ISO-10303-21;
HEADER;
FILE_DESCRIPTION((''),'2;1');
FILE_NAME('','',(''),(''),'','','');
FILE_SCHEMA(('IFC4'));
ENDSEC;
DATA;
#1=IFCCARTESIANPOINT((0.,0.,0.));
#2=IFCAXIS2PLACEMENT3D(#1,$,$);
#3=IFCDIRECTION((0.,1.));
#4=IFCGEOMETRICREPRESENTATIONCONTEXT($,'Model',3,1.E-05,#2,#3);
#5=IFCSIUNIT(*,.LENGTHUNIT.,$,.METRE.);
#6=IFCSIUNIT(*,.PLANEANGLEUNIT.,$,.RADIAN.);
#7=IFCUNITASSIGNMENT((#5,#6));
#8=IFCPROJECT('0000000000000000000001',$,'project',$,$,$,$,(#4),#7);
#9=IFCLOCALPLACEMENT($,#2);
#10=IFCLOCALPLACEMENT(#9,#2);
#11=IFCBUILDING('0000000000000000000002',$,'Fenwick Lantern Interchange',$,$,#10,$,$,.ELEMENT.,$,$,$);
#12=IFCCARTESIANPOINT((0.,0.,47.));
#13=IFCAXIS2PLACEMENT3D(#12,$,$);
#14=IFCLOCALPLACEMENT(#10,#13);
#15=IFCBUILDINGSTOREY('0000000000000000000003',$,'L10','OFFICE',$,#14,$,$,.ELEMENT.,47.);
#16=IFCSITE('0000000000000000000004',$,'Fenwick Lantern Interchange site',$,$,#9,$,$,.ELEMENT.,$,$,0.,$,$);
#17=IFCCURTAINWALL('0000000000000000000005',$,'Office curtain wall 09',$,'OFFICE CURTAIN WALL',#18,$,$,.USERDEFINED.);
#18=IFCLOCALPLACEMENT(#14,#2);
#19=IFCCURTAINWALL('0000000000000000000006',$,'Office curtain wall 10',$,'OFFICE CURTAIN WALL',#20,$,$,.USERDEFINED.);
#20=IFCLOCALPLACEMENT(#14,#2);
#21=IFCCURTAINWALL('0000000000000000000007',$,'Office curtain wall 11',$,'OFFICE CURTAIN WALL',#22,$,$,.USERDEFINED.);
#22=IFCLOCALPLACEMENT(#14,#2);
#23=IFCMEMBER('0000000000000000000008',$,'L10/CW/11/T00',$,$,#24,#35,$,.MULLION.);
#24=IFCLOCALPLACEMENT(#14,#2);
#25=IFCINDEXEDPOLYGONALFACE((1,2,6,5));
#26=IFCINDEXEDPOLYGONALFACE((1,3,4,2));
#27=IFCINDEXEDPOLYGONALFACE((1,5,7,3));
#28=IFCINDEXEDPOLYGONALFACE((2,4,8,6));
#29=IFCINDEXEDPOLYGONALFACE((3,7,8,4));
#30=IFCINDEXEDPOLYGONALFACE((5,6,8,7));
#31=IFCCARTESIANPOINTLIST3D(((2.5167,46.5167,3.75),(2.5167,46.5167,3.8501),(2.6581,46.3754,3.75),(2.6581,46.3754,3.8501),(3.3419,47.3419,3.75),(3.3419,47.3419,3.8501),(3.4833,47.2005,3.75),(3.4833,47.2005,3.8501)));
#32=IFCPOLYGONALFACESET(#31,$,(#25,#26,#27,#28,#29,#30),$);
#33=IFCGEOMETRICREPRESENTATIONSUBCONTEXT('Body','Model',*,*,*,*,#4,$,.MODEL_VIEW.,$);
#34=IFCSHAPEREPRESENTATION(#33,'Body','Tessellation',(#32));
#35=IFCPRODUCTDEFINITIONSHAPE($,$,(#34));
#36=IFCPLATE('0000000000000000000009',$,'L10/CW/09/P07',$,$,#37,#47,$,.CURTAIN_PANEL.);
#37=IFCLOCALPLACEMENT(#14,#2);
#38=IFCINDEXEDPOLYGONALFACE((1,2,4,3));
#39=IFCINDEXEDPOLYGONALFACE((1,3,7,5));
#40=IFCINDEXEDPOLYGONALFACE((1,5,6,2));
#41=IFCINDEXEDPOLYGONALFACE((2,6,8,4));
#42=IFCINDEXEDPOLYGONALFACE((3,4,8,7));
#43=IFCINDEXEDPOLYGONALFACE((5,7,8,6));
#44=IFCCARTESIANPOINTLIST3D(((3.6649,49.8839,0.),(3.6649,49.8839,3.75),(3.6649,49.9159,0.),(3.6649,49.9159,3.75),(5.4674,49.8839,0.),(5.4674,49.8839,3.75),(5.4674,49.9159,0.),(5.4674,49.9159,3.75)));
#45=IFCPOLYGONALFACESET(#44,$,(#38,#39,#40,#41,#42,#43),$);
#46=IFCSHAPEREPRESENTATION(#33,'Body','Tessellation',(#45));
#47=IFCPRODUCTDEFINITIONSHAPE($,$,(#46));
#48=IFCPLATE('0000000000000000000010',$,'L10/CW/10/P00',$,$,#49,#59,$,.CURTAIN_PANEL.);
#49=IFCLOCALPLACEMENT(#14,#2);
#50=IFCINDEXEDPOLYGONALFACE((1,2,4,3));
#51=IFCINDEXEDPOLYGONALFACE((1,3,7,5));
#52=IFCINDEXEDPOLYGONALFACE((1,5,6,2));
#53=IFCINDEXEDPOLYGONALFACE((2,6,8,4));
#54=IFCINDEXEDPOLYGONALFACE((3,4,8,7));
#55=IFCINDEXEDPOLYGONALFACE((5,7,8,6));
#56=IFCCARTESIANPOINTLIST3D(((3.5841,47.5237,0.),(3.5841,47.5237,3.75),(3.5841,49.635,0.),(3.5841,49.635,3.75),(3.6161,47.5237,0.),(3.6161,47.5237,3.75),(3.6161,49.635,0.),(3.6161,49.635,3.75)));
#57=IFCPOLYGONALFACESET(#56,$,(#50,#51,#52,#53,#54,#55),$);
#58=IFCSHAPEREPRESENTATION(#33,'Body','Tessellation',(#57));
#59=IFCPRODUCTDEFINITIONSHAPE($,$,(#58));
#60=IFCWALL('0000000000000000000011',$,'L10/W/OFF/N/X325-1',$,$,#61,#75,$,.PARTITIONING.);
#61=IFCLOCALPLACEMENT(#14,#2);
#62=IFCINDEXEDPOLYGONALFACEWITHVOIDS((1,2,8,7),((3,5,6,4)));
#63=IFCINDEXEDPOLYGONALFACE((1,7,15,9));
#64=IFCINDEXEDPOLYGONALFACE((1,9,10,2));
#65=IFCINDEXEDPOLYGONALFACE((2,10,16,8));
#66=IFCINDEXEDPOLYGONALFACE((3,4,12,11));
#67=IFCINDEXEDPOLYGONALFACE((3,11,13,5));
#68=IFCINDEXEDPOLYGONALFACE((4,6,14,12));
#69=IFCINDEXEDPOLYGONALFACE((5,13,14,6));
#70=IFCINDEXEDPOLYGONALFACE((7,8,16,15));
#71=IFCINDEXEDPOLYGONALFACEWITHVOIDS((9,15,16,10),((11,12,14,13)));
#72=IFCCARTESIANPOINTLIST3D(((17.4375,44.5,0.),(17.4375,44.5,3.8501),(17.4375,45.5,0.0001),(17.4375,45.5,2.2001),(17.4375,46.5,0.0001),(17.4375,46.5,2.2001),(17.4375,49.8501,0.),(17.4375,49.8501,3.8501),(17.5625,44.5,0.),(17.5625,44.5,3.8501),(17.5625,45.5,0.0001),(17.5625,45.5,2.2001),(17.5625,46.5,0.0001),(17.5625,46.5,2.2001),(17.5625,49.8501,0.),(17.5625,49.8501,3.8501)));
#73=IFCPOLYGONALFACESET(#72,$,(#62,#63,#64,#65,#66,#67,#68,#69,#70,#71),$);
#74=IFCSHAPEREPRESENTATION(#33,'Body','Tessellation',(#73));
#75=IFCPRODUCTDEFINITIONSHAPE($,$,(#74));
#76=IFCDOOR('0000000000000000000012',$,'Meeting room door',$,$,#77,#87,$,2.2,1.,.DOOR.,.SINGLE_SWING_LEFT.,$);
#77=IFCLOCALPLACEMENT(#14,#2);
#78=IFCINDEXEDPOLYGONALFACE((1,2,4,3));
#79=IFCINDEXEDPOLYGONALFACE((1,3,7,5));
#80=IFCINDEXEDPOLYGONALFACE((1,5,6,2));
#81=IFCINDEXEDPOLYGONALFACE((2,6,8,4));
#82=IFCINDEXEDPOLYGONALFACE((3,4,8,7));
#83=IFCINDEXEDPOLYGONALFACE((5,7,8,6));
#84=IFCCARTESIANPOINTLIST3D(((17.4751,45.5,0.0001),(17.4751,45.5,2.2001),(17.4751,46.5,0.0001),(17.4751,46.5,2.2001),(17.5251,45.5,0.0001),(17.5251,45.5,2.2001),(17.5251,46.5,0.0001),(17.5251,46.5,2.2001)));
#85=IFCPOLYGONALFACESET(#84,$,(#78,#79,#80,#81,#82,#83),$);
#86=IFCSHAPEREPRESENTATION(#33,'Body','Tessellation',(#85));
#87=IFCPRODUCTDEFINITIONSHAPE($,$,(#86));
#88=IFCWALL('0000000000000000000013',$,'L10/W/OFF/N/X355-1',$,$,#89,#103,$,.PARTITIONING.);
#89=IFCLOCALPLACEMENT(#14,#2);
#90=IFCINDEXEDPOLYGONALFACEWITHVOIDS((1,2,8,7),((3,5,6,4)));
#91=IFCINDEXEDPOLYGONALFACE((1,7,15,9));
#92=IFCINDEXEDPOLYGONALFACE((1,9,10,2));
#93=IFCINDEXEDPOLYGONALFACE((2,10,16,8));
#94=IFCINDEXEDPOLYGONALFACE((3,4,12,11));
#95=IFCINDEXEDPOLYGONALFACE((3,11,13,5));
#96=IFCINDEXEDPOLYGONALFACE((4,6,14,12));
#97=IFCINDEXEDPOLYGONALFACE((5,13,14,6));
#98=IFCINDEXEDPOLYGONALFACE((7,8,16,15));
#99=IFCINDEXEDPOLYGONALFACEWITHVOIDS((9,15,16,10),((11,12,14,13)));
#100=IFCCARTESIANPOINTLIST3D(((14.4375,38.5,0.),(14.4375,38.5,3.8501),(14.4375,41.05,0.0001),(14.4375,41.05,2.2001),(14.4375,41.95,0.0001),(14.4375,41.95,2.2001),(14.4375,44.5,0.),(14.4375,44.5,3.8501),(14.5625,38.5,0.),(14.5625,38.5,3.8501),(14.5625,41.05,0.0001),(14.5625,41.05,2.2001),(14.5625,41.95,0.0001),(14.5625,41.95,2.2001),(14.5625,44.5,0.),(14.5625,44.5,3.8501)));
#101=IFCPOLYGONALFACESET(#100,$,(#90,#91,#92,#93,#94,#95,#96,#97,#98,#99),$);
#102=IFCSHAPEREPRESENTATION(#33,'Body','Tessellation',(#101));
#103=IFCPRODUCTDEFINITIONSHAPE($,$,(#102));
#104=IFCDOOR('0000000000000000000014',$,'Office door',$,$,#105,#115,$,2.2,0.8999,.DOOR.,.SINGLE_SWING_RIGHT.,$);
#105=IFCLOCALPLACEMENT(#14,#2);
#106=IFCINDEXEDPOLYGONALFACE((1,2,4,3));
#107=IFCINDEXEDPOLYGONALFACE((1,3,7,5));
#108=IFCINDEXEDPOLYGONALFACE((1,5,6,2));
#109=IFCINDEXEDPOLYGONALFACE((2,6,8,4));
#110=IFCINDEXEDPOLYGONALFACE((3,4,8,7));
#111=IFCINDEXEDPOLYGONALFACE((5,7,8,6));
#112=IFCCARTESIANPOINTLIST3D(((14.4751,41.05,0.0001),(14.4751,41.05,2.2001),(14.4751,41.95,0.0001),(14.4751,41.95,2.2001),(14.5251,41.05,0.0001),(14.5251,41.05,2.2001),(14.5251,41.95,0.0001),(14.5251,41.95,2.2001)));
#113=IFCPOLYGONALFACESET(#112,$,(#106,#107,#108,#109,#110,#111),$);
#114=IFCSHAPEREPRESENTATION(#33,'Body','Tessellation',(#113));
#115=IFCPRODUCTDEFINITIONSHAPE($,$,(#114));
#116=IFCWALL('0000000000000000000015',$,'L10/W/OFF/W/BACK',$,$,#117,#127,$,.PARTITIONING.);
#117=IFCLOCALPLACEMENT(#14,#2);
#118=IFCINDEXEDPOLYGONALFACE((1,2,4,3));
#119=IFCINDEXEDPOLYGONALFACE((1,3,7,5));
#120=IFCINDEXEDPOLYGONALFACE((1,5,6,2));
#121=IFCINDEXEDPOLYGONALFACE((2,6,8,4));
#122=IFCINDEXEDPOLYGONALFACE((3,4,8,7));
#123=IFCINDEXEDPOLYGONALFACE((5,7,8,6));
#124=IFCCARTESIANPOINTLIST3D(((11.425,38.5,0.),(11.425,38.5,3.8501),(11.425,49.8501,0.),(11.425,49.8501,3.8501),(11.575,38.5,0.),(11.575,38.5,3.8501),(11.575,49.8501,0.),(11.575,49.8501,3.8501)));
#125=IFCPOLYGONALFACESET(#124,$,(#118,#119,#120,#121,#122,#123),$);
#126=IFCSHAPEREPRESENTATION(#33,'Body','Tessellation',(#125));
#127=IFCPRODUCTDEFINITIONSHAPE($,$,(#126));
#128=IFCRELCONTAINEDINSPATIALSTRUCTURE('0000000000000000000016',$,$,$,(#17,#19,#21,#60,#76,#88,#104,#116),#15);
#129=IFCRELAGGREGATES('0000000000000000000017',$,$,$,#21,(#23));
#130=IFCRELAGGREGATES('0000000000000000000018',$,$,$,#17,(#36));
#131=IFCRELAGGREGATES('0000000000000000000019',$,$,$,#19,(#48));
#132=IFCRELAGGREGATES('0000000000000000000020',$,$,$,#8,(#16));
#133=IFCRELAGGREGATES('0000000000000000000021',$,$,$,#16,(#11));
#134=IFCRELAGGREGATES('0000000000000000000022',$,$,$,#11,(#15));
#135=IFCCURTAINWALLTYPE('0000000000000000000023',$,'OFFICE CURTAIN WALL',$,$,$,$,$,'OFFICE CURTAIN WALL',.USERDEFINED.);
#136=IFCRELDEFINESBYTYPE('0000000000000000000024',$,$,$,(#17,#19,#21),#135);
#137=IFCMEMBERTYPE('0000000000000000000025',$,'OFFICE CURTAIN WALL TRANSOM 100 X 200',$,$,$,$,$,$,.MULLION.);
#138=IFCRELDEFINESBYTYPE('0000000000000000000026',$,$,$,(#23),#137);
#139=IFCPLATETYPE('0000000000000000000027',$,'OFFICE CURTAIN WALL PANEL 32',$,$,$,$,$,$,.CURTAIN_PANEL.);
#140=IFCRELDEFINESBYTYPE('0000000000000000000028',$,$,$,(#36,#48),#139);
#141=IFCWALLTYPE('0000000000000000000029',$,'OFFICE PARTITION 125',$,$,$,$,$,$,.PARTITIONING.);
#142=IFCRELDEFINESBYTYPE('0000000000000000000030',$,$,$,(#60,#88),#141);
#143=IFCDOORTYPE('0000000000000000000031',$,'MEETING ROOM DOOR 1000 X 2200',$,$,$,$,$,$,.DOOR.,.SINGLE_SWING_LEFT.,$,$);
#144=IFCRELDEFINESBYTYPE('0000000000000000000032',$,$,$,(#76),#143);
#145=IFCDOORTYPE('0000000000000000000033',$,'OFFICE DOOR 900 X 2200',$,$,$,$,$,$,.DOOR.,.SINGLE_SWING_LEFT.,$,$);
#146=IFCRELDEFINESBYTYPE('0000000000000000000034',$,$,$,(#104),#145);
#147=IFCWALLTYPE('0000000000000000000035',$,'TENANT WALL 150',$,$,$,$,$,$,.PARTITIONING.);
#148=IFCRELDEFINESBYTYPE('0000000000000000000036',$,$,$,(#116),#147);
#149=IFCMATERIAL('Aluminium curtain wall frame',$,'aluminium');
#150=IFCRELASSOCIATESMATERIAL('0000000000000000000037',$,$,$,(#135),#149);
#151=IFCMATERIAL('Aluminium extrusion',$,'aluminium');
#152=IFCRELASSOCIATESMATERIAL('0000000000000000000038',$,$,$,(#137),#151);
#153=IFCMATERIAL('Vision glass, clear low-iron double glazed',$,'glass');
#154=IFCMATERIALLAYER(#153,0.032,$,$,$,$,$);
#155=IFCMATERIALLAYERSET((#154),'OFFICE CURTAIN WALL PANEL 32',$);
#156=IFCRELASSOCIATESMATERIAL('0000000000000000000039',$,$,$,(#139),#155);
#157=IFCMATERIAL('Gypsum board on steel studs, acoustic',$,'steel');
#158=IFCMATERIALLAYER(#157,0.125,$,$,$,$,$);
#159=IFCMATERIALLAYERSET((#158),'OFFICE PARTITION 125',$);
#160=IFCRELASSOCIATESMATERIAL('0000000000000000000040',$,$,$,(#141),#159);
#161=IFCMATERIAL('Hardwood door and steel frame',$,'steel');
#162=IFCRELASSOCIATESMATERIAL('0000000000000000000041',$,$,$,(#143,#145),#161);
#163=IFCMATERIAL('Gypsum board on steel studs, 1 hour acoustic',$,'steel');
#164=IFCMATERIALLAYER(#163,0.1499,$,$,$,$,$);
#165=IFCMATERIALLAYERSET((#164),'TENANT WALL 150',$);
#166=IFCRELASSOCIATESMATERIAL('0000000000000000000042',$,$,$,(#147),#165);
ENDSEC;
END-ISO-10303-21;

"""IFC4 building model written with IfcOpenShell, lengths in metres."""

from ifc_helpers import new_model, si_unit, direction, frame, frame_2d, origin, origin_2d, place, context, subcontext, project, spatial, rectangle, extrude, material, layer, layer_set, material_profile, profile_set, type_object, element, fill, aggregate, save


model = new_model("IFC4")

# Units and contexts
model_context = context("Model", 3, precision=1e-05, world=origin(), true_north=direction((0.0, 1.0)))
body_context = subcontext(model_context, "Body", "Model", "MODEL_VIEW")
ifc_project = project(units=[si_unit("LENGTHUNIT", "METRE"), si_unit("PLANEANGLEUNIT", "RADIAN")], contexts=[model_context])

# Site, building, storey
site_placement = place(None, origin())
site = spatial("IfcSite", under=ifc_project, at=site_placement, Name="Fenwick Lantern Interchange site", CompositionType="ELEMENT", RefElevation=0.0)
building_placement = place(site_placement, origin())
building = spatial("IfcBuilding", under=site, at=building_placement, Name="Fenwick Lantern Interchange", CompositionType="ELEMENT")
storey_placement = place(building_placement, frame((0.0, 0.0, 47.0)))
storey = spatial("IfcBuildingStorey", under=building, at=storey_placement, Name="L10", Description="OFFICE", CompositionType="ELEMENT", Elevation=47.0)

# Curtain walls
ifc_material_1 = material(Name="Aluminium curtain wall frame", Category="aluminium")
curtain_wall_type = type_object("IfcCurtainWallType", Name="OFFICE CURTAIN WALL", ElementType="OFFICE CURTAIN WALL", PredefinedType="USERDEFINED", material=ifc_material_1)
curtain_wall_1_placement = place(storey_placement, origin())
curtain_wall_1 = element("IfcCurtainWall", 1, at=curtain_wall_1_placement, inside=storey, type_object=curtain_wall_type, Name="Office curtain wall 09", ObjectType="OFFICE CURTAIN WALL", PredefinedType="USERDEFINED")
ifc_material_2 = material(Name="Aluminium extrusion", Category="aluminium")
curtain_wall_2_placement = place(storey_placement, origin())
curtain_wall_2 = element("IfcCurtainWall", 2, at=curtain_wall_2_placement, inside=storey, type_object=curtain_wall_type, Name="Office curtain wall 10", ObjectType="OFFICE CURTAIN WALL", PredefinedType="USERDEFINED")

# Curtain wall
curtain_wall_3_placement = place(storey_placement, origin())
curtain_wall_3 = element("IfcCurtainWall", 3, at=curtain_wall_3_placement, inside=storey, type_object=curtain_wall_type, Name="Office curtain wall 11", ObjectType="OFFICE CURTAIN WALL", PredefinedType="USERDEFINED")

# Member
ifc_material_profile_1 = material_profile(ifc_material_2, rectangle(XDim=0.2, YDim=0.1001, at=origin_2d()), Name="OFFICE CURTAIN WALL TRANSOM 100 X 200")
ifc_profile_set_1 = profile_set([ifc_material_profile_1], Name="Aluminium extrusion")
member_type_1 = type_object("IfcMemberType", Name="OFFICE CURTAIN WALL TRANSOM 100 X 200", PredefinedType="MULLION", material=ifc_profile_set_1)
member_1_placement = place(storey_placement, frame((3.4126, 47.2712, 3.8), z_axis=(-0.707107, -0.707107, 0.0), x_axis=(0.707107, -0.707107, 0.0)))
member_1 = element("IfcMember", 4, at=member_1_placement, type_object=member_type_1, Name="L10/CW/11/T00", PredefinedType="MULLION", context=body_context, shape_type="SweptSolid", body=[
    extrude(rectangle(XDim=0.2, YDim=0.1001, at=origin_2d()), origin(), (0.0, 0.0, 1.0), 1.167),
])
aggregate(curtain_wall_3, [member_1])

# Plates
ifc_material_3 = material(Name="Vision glass, clear low-iron double glazed", Category="glass")
ifc_layer_1 = layer(ifc_material_3, 0.032)
ifc_layer_set_1 = layer_set([ifc_layer_1], Name="OFFICE CURTAIN WALL PANEL 32")
plate_type = type_object("IfcPlateType", Name="OFFICE CURTAIN WALL PANEL 32", PredefinedType="CURTAIN_PANEL", material=ifc_layer_set_1)
plate_1_placement = place(storey_placement, frame((4.5662, 49.8999, 0.0), z_axis=(0.0, 0.0, 1.0), x_axis=(-1.0, 0.0, 0.0)))
plate_1 = element("IfcPlate", 5, at=plate_1_placement, type_object=plate_type, Name="L10/CW/09/P07", PredefinedType="CURTAIN_PANEL", context=body_context, shape_type="SweptSolid", body=[
    extrude(rectangle(XDim=1.8025, YDim=0.032, at=origin_2d()), origin(), (0.0, 0.0, 1.0), 3.75),
])
aggregate(curtain_wall_1, [plate_1])
plate_2_placement = place(storey_placement, frame((3.6001, 48.5793, 0.0), z_axis=(0.0, 0.0, 1.0), x_axis=(0.0, -1.0, 0.0)))
plate_2 = element("IfcPlate", 6, at=plate_2_placement, type_object=plate_type, Name="L10/CW/10/P00", PredefinedType="CURTAIN_PANEL", context=body_context, shape_type="SweptSolid", body=[
    extrude(rectangle(XDim=2.1113, YDim=0.032, at=origin_2d()), origin(), (0.0, 0.0, 1.0), 3.75),
])
aggregate(curtain_wall_2, [plate_2])

# Walls, openings, doors
ifc_material_4 = material(Name="Gypsum board on steel studs, acoustic", Category="steel")
ifc_layer_2 = layer(ifc_material_4, 0.125)
ifc_layer_set_2 = layer_set([ifc_layer_2], Name="OFFICE PARTITION 125")
wall_type_1 = type_object("IfcWallType", Name="OFFICE PARTITION 125", PredefinedType="PARTITIONING", material=ifc_layer_set_2)
wall_1_placement = place(storey_placement, frame((17.5, 49.8501, 0.0), z_axis=(0.0, 0.0, 1.0), x_axis=(0.0, -1.0, 0.0)))
wall_1 = element("IfcWall", 7, at=wall_1_placement, inside=storey, type_object=wall_type_1, Name="L10/W/OFF/N/X325-1", PredefinedType="PARTITIONING", context=body_context, shape_type="SweptSolid", body=[
    extrude(rectangle(XDim=5.3501, YDim=0.125, at=frame_2d((2.675, 0.0))), origin(), (0.0, 0.0, 1.0), 3.8501),
])
opening_1_placement = place(wall_1_placement, frame((3.3501, 0.0, 0.0)))
opening_1 = element("IfcOpeningElement", 8, at=opening_1_placement, cuts=wall_1, PredefinedType="OPENING", context=body_context, shape_type="SweptSolid", body=[
    extrude(rectangle(XDim=1.0, YDim=2.2, at=frame_2d((0.5, 1.1001))), frame((0.0, 0.0725, 0.0), z_axis=(0.0, -1.0, 0.0), x_axis=(1.0, 0.0, 0.0)), (0.0, 0.0, 1.0), 0.145),
])
ifc_material_5 = material(Name="Hardwood door and steel frame", Category="steel")
door_type_1 = type_object("IfcDoorType", Name="MEETING ROOM DOOR 1000 X 2200", OperationType="SINGLE_SWING_LEFT", PredefinedType="DOOR", material=ifc_material_5)
door_1_placement = place(opening_1_placement, frame((1.0, 0.0, 0.0), z_axis=(0.0, 0.0, 1.0), x_axis=(-1.0, 0.0, 0.0)))
door_1 = element("IfcDoor", 9, at=door_1_placement, inside=storey, type_object=door_type_1, Name="Meeting room door", OperationType="SINGLE_SWING_LEFT", OverallHeight=2.2, OverallWidth=1.0, PredefinedType="DOOR", context=body_context, shape_type="SweptSolid", body=[
    extrude(rectangle(XDim=1.0, YDim=2.2, at=frame_2d((0.5, 1.1001))), frame((0.0, 0.0249, 0.0), z_axis=(0.0, -1.0, 0.0), x_axis=(1.0, 0.0, 0.0)), (0.0, 0.0, 1.0), 0.05),
])
fill(opening_1, door_1)
wall_2_placement = place(storey_placement, frame((14.5, 44.5, 0.0), z_axis=(0.0, 0.0, 1.0), x_axis=(0.0, -1.0, 0.0)))
wall_2 = element("IfcWall", 10, at=wall_2_placement, inside=storey, type_object=wall_type_1, Name="L10/W/OFF/N/X355-1", PredefinedType="PARTITIONING", context=body_context, shape_type="SweptSolid", body=[
    extrude(rectangle(XDim=6.0, YDim=0.125, at=frame_2d((3.0, 0.0))), origin(), (0.0, 0.0, 1.0), 3.8501),
])
opening_2_placement = place(wall_2_placement, frame((2.55, 0.0, 0.0)))
opening_2 = element("IfcOpeningElement", 11, at=opening_2_placement, cuts=wall_2, PredefinedType="OPENING", context=body_context, shape_type="SweptSolid", body=[
    extrude(rectangle(XDim=0.8999, YDim=2.2, at=frame_2d((0.45, 1.1001))), frame((0.0, 0.0725, 0.0), z_axis=(0.0, -1.0, 0.0), x_axis=(1.0, 0.0, 0.0)), (0.0, 0.0, 1.0), 0.145),
])
door_type_2 = type_object("IfcDoorType", Name="OFFICE DOOR 900 X 2200", OperationType="SINGLE_SWING_LEFT", PredefinedType="DOOR", material=ifc_material_5)
door_2_placement = place(opening_2_placement, frame((0.8999, 0.0, 0.0), z_axis=(0.0, 0.0, 1.0), x_axis=(-1.0, 0.0, 0.0)))
door_2 = element("IfcDoor", 12, at=door_2_placement, inside=storey, type_object=door_type_2, Name="Office door", OperationType="SINGLE_SWING_RIGHT", OverallHeight=2.2, OverallWidth=0.8999, PredefinedType="DOOR", context=body_context, shape_type="SweptSolid", body=[
    extrude(rectangle(XDim=0.8999, YDim=2.2, at=frame_2d((0.45, 1.1001))), frame((0.0, 0.0249, 0.0), z_axis=(0.0, -1.0, 0.0), x_axis=(1.0, 0.0, 0.0)), (0.0, 0.0, 1.0), 0.05),
])
fill(opening_2, door_2)

# Wall
ifc_material_6 = material(Name="Gypsum board on steel studs, 1 hour acoustic", Category="steel")
ifc_layer_3 = layer(ifc_material_6, 0.1499)
ifc_layer_set_3 = layer_set([ifc_layer_3], Name="TENANT WALL 150")
wall_type_2 = type_object("IfcWallType", Name="TENANT WALL 150", PredefinedType="PARTITIONING", material=ifc_layer_set_3)
wall_3_placement = place(storey_placement, frame((11.5, 49.8501, 0.0), z_axis=(0.0, 0.0, 1.0), x_axis=(0.0, -1.0, 0.0)))
element("IfcWall", 13, at=wall_3_placement, inside=storey, type_object=wall_type_2, Name="L10/W/OFF/W/BACK", PredefinedType="PARTITIONING", context=body_context, shape_type="SweptSolid", body=[
    extrude(rectangle(XDim=11.3501, YDim=0.1499, at=frame_2d((5.675, 0.0))), origin(), (0.0, 0.0, 1.0), 3.8501),
])

save(model, "model.ifc")
